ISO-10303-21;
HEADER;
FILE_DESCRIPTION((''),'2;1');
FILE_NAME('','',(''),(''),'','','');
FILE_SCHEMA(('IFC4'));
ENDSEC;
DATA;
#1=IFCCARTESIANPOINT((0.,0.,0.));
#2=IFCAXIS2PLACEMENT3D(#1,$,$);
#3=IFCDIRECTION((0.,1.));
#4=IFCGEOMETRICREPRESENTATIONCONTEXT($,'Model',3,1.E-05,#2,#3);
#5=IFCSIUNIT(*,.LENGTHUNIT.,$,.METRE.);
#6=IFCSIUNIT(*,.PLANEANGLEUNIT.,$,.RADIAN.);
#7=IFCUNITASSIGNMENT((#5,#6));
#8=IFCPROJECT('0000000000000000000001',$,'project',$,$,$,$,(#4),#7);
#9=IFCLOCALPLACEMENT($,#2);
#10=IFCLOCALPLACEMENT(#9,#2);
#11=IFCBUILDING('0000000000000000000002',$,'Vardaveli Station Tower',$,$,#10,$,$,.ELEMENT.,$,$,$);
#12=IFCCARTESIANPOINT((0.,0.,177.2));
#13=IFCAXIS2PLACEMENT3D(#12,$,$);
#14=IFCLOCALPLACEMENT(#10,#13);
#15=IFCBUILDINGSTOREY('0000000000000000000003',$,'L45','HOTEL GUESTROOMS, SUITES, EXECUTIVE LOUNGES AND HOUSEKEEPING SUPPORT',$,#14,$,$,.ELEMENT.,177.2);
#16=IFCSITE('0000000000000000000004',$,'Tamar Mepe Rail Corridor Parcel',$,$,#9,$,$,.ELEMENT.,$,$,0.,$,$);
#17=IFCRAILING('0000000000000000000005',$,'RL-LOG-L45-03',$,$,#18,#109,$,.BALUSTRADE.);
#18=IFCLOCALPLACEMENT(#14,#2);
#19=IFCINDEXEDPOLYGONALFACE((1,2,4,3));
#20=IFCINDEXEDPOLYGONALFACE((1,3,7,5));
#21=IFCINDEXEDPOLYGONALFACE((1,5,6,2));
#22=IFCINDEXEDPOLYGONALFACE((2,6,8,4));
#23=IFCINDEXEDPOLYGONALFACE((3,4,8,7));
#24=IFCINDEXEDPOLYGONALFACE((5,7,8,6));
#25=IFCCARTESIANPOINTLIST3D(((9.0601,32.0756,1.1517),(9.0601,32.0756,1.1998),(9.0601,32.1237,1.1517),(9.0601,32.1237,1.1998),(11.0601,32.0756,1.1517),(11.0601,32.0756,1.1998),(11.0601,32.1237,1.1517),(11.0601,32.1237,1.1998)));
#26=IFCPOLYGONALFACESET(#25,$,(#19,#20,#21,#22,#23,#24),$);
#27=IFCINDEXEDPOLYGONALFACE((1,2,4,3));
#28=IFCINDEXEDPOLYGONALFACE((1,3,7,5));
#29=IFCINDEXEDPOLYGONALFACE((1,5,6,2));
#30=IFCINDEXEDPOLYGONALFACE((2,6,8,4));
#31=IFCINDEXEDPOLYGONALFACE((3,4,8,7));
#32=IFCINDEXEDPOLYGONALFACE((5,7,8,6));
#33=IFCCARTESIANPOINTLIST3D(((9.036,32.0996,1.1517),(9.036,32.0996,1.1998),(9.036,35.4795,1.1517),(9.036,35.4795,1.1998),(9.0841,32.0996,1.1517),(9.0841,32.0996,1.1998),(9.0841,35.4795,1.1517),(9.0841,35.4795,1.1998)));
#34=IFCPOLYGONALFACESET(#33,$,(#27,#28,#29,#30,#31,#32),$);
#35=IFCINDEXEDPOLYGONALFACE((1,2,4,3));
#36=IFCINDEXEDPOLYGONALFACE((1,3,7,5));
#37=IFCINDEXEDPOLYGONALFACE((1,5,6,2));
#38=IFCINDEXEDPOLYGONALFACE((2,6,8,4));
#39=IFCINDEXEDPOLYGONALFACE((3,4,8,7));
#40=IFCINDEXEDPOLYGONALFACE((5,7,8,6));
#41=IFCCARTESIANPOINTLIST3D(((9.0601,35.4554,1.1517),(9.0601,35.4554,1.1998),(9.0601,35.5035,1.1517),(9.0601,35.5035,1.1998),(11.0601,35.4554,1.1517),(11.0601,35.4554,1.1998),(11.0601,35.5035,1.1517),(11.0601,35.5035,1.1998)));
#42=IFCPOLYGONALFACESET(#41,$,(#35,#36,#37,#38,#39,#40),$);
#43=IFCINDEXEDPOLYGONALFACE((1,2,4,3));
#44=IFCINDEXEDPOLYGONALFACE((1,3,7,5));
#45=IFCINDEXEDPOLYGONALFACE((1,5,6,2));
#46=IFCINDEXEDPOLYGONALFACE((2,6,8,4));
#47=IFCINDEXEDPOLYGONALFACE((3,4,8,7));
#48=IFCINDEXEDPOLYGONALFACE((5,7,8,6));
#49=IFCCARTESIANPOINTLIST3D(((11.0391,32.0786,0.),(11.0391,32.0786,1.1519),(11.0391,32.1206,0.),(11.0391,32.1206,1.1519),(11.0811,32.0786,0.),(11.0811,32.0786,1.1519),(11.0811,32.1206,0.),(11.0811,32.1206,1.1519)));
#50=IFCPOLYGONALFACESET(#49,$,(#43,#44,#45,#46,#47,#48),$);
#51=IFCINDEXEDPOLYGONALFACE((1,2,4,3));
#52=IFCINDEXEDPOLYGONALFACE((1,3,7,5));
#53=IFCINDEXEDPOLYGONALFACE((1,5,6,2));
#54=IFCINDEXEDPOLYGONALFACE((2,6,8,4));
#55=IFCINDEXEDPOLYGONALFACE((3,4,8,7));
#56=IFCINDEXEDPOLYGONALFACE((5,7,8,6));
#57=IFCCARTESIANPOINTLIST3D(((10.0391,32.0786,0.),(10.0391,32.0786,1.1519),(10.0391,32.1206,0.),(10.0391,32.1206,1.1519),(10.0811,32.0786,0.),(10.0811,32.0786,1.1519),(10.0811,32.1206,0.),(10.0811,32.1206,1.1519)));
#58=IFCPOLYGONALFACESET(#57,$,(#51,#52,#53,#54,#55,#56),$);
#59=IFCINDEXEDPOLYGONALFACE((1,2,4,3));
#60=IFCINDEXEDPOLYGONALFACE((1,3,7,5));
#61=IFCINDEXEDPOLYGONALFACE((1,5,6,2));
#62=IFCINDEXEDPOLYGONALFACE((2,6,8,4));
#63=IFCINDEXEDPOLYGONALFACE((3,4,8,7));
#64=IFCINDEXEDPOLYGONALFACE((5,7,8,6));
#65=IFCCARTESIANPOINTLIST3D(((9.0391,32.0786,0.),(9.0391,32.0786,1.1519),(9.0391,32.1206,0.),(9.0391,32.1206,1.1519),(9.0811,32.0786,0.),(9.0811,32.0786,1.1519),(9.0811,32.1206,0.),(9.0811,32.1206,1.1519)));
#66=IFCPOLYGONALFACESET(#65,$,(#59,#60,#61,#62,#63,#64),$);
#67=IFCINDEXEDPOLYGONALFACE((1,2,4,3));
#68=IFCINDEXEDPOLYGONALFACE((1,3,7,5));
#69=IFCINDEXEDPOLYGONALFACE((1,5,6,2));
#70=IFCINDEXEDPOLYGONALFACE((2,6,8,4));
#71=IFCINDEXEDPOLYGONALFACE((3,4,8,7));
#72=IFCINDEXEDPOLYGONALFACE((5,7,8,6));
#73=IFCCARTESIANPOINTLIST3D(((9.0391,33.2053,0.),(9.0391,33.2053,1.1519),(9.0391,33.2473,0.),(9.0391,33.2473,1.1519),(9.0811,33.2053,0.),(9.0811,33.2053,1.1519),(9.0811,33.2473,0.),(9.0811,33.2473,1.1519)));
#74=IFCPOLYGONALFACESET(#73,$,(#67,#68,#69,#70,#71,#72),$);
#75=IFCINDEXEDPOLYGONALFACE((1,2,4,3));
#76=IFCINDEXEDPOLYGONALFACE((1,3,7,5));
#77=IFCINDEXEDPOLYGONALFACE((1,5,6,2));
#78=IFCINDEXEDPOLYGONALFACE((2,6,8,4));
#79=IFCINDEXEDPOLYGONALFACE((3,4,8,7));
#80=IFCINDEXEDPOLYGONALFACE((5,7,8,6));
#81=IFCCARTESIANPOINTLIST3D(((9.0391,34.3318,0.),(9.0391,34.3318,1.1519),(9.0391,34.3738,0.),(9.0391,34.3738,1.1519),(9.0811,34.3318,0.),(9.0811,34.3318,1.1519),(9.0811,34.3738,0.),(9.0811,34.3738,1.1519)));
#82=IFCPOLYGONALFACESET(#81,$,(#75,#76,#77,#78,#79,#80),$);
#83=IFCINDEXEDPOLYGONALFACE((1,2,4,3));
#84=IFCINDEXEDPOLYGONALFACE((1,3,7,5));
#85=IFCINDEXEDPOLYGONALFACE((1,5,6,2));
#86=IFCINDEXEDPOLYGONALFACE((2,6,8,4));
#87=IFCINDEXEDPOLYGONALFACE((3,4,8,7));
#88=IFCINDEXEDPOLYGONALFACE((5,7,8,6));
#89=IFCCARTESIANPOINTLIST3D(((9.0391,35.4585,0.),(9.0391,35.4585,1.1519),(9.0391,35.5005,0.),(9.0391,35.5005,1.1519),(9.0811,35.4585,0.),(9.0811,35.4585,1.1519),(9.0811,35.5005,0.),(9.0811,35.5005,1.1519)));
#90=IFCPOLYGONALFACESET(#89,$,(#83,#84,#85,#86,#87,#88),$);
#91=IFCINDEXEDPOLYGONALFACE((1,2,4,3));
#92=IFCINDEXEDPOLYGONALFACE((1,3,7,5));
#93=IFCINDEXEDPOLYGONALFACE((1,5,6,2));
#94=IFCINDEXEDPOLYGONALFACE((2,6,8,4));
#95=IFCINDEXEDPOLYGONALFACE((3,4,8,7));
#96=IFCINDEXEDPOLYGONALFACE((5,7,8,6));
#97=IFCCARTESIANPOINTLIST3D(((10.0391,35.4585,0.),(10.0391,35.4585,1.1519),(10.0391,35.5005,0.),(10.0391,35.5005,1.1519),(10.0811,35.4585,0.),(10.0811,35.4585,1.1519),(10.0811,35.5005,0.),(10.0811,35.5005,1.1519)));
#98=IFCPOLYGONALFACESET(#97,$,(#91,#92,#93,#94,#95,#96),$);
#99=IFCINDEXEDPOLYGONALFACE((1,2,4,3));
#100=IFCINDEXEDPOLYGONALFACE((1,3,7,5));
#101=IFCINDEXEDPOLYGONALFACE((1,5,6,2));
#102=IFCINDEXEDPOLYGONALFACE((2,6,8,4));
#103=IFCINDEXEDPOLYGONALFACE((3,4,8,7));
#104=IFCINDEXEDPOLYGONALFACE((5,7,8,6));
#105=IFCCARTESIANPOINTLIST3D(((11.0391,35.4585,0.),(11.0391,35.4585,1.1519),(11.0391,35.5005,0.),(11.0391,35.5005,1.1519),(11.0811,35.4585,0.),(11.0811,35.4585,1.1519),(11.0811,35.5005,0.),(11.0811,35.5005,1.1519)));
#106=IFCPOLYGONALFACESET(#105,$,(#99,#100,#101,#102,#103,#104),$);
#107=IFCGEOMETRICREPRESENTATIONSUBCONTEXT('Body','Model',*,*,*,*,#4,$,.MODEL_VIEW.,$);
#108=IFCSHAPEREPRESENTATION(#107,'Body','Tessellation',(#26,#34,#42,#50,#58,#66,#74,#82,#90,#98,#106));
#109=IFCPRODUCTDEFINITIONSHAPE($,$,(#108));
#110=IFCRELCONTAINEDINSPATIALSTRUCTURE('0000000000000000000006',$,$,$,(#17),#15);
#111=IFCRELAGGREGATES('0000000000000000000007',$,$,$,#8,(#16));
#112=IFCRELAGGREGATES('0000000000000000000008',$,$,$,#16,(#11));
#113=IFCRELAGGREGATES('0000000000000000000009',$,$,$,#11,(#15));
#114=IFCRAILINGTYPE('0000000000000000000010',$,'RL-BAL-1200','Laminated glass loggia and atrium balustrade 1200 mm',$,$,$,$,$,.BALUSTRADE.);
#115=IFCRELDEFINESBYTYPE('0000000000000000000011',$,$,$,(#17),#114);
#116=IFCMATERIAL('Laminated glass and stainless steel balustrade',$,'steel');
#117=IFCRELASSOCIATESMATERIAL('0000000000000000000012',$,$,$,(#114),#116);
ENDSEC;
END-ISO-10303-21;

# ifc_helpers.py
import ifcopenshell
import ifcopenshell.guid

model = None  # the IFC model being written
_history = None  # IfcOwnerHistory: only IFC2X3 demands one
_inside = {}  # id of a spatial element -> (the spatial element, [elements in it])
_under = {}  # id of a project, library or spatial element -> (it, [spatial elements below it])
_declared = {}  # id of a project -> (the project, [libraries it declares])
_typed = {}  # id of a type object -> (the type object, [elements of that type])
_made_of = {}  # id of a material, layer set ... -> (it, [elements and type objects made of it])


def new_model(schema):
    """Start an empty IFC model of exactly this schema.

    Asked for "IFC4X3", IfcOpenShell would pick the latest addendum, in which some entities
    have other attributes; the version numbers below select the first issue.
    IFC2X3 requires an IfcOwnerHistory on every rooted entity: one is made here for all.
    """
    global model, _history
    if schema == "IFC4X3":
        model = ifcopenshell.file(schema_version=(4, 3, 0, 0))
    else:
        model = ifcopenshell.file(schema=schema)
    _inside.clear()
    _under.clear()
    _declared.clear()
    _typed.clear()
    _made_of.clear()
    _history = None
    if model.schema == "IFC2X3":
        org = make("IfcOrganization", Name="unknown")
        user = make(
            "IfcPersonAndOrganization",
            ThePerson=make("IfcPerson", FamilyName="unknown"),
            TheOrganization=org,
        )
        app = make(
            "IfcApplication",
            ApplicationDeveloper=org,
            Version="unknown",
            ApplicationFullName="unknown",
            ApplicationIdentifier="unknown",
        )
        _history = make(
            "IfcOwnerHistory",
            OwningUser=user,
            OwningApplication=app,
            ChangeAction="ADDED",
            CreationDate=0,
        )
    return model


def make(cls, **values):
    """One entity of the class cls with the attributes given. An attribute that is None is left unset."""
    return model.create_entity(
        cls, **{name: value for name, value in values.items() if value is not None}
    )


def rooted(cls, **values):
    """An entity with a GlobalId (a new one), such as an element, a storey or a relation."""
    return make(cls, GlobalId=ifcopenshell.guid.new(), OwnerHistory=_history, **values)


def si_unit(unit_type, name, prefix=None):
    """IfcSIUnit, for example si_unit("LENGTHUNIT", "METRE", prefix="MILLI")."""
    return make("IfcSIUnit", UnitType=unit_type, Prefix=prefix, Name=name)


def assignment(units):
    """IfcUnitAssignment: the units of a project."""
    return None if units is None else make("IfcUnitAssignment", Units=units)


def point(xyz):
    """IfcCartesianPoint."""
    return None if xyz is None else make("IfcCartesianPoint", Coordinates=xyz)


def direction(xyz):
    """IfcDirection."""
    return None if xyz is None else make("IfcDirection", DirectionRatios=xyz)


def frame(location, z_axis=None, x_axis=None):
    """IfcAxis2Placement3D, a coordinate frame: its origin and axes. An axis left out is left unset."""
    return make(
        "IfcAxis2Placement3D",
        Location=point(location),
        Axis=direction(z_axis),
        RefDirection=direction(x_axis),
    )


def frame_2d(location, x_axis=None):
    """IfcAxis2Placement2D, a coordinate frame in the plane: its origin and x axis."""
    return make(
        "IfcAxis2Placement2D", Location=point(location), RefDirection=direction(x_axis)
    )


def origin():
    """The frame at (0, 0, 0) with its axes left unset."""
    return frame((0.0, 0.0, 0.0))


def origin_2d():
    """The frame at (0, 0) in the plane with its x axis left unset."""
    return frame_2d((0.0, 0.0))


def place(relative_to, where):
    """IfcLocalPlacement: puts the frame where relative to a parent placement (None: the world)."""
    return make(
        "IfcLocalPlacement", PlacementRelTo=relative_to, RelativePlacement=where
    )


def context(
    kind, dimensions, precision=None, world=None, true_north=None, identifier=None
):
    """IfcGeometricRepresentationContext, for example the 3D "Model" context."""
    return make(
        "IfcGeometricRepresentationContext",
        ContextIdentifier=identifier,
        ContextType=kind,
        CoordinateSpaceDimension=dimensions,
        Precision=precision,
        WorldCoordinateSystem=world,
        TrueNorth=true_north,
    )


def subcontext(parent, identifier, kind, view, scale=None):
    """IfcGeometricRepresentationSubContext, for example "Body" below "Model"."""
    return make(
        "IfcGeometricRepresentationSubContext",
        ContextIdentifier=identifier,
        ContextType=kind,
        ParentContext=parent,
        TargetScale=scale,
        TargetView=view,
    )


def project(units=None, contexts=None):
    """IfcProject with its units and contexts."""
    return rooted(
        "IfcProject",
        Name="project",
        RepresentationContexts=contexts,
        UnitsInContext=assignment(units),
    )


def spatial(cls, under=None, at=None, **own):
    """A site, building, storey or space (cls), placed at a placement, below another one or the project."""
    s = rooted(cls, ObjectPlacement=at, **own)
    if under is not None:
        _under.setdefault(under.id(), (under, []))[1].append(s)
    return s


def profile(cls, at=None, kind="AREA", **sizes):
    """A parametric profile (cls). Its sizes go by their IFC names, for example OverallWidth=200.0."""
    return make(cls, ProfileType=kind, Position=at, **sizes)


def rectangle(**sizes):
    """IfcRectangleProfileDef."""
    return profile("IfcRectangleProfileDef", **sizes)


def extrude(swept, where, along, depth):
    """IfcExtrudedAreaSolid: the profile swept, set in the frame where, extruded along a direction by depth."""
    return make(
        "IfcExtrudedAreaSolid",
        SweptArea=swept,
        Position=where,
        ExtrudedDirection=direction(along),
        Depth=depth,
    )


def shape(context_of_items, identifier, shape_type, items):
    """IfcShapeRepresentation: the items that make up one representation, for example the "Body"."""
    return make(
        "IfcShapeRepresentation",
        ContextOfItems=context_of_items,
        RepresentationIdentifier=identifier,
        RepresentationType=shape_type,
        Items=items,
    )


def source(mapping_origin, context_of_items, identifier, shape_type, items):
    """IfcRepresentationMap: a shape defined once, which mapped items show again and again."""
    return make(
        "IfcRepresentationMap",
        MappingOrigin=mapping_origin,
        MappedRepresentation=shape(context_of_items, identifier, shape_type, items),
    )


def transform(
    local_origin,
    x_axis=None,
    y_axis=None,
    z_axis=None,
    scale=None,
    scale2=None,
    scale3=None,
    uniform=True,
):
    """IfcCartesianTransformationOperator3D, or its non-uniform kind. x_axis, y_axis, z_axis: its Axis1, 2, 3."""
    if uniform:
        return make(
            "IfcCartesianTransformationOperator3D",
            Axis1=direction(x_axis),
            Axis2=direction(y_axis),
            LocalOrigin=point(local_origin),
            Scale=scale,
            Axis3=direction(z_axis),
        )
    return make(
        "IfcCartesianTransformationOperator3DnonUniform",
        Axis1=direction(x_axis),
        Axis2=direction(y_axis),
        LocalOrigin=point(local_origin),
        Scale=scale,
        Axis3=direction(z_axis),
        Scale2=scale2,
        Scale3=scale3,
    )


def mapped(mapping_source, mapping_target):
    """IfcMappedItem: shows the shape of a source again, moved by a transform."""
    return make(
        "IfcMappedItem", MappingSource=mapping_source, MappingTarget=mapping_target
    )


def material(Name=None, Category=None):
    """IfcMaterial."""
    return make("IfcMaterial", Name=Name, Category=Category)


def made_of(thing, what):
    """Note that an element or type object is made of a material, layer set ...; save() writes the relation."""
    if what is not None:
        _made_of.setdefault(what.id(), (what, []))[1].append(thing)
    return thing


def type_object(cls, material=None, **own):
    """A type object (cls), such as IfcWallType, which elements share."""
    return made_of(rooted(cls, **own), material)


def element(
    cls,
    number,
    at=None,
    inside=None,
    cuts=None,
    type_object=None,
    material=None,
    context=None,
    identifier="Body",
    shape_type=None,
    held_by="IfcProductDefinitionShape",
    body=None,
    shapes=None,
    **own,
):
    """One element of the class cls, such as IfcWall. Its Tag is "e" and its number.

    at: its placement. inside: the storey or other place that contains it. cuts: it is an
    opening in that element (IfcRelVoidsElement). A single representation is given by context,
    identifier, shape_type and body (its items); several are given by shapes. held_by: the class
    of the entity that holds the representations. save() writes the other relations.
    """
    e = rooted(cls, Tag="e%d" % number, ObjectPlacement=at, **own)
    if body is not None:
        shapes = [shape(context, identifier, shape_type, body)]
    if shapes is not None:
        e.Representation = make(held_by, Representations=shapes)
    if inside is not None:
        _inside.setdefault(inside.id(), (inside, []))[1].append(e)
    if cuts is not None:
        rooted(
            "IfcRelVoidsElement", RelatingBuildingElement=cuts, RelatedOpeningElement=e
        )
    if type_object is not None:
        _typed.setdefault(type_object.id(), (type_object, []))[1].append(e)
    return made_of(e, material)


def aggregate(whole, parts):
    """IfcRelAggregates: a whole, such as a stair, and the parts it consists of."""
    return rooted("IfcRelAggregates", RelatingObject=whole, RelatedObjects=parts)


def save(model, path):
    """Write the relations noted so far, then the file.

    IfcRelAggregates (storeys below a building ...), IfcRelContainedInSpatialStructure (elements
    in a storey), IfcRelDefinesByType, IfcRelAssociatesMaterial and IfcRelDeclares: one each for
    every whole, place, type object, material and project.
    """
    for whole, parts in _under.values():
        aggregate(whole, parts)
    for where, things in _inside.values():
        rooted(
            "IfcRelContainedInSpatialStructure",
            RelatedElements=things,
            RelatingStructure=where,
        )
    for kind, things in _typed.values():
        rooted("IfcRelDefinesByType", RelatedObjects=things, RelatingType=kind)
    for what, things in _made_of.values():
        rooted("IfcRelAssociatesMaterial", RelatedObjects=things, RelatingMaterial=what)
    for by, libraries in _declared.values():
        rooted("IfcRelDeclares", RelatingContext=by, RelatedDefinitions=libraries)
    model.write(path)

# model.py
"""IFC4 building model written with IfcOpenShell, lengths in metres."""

from ifc_helpers import new_model, si_unit, direction, frame, origin, origin_2d, place, context, subcontext, project, spatial, rectangle, extrude, source, transform, mapped, material, type_object, element, save


model = new_model("IFC4")

# Units and contexts
model_context = context("Model", 3, precision=1e-05, world=origin(), true_north=direction((0.0, 1.0)))
body_context = subcontext(model_context, "Body", "Model", "MODEL_VIEW")
ifc_project = project(units=[si_unit("LENGTHUNIT", "METRE"), si_unit("PLANEANGLEUNIT", "RADIAN")], contexts=[model_context])

# Site, building, storey
site_placement = place(None, origin())
site = spatial("IfcSite", under=ifc_project, at=site_placement, Name="Tamar Mepe Rail Corridor Parcel", CompositionType="ELEMENT", RefElevation=0.0)
building_placement = place(site_placement, origin())
building = spatial("IfcBuilding", under=site, at=building_placement, Name="Vardaveli Station Tower", CompositionType="ELEMENT")
storey_placement = place(building_placement, frame((0.0, 0.0, 177.2)))
storey = spatial("IfcBuildingStorey", under=building, at=storey_placement, Name="L45", Description="HOTEL GUESTROOMS, SUITES, EXECUTIVE LOUNGES AND HOUSEKEEPING SUPPORT", CompositionType="ELEMENT", Elevation=177.2)

# Railing
ifc_material_1 = material(Name="Laminated glass and stainless steel balustrade", Category="steel")
railing_type = type_object("IfcRailingType", Name="RL-BAL-1200", Description="Laminated glass loggia and atrium balustrade 1200 mm", PredefinedType="BALUSTRADE", material=ifc_material_1)
shared_shape_1 = source(origin(), body_context, "Body", "SweptSolid", [
    extrude(rectangle(XDim=0.0481, YDim=0.0481, at=origin_2d()), frame((0.0, 0.0, 1.1758), z_axis=(-1.0, 0.0, 0.0), x_axis=(0.0, -1.0, 0.0)), (0.0, 0.0, 1.0), 2.0),
    extrude(rectangle(XDim=0.0481, YDim=0.0481, at=origin_2d()), frame((-2.0, 0.0, 1.1758), z_axis=(0.0, 1.0, 0.0), x_axis=(-1.0, 0.0, 0.0)), (0.0, 0.0, 1.0), 3.3799),
    extrude(rectangle(XDim=0.0481, YDim=0.0481, at=origin_2d()), frame((-2.0, 3.3799, 1.1758), z_axis=(1.0, 0.0, 0.0), x_axis=(0.0, 1.0, 0.0)), (0.0, 0.0, 1.0), 2.0),
    extrude(rectangle(XDim=0.042, YDim=0.042, at=origin_2d()), origin(), (0.0, 0.0, 1.0), 1.1519),
    extrude(rectangle(XDim=0.042, YDim=0.042, at=origin_2d()), frame((-1.0, 0.0, 0.0)), (0.0, 0.0, 1.0), 1.1519),
    extrude(rectangle(XDim=0.042, YDim=0.042, at=origin_2d()), frame((-2.0, 0.0, 0.0)), (0.0, 0.0, 1.0), 1.1519),
    extrude(rectangle(XDim=0.042, YDim=0.042, at=origin_2d()), frame((-2.0, 1.1267, 0.0)), (0.0, 0.0, 1.0), 1.1519),
    extrude(rectangle(XDim=0.042, YDim=0.042, at=origin_2d()), frame((-2.0, 2.2532, 0.0)), (0.0, 0.0, 1.0), 1.1519),
    extrude(rectangle(XDim=0.042, YDim=0.042, at=origin_2d()), frame((-2.0, 3.3799, 0.0)), (0.0, 0.0, 1.0), 1.1519),
    extrude(rectangle(XDim=0.042, YDim=0.042, at=origin_2d()), frame((-1.0, 3.3799, 0.0)), (0.0, 0.0, 1.0), 1.1519),
    extrude(rectangle(XDim=0.042, YDim=0.042, at=origin_2d()), frame((0.0, 3.3799, 0.0)), (0.0, 0.0, 1.0), 1.1519),
])
railing_placement = place(storey_placement, frame((11.0601, 32.0996, 0.0)))
element("IfcRailing", 1, at=railing_placement, inside=storey, type_object=railing_type, Name="RL-LOG-L45-03", PredefinedType="BALUSTRADE", context=body_context, shape_type="MappedRepresentation", body=[
    mapped(shared_shape_1, transform((0.0, 0.0, 0.0), scale=1.0)),
])

save(model, "model.ifc")
